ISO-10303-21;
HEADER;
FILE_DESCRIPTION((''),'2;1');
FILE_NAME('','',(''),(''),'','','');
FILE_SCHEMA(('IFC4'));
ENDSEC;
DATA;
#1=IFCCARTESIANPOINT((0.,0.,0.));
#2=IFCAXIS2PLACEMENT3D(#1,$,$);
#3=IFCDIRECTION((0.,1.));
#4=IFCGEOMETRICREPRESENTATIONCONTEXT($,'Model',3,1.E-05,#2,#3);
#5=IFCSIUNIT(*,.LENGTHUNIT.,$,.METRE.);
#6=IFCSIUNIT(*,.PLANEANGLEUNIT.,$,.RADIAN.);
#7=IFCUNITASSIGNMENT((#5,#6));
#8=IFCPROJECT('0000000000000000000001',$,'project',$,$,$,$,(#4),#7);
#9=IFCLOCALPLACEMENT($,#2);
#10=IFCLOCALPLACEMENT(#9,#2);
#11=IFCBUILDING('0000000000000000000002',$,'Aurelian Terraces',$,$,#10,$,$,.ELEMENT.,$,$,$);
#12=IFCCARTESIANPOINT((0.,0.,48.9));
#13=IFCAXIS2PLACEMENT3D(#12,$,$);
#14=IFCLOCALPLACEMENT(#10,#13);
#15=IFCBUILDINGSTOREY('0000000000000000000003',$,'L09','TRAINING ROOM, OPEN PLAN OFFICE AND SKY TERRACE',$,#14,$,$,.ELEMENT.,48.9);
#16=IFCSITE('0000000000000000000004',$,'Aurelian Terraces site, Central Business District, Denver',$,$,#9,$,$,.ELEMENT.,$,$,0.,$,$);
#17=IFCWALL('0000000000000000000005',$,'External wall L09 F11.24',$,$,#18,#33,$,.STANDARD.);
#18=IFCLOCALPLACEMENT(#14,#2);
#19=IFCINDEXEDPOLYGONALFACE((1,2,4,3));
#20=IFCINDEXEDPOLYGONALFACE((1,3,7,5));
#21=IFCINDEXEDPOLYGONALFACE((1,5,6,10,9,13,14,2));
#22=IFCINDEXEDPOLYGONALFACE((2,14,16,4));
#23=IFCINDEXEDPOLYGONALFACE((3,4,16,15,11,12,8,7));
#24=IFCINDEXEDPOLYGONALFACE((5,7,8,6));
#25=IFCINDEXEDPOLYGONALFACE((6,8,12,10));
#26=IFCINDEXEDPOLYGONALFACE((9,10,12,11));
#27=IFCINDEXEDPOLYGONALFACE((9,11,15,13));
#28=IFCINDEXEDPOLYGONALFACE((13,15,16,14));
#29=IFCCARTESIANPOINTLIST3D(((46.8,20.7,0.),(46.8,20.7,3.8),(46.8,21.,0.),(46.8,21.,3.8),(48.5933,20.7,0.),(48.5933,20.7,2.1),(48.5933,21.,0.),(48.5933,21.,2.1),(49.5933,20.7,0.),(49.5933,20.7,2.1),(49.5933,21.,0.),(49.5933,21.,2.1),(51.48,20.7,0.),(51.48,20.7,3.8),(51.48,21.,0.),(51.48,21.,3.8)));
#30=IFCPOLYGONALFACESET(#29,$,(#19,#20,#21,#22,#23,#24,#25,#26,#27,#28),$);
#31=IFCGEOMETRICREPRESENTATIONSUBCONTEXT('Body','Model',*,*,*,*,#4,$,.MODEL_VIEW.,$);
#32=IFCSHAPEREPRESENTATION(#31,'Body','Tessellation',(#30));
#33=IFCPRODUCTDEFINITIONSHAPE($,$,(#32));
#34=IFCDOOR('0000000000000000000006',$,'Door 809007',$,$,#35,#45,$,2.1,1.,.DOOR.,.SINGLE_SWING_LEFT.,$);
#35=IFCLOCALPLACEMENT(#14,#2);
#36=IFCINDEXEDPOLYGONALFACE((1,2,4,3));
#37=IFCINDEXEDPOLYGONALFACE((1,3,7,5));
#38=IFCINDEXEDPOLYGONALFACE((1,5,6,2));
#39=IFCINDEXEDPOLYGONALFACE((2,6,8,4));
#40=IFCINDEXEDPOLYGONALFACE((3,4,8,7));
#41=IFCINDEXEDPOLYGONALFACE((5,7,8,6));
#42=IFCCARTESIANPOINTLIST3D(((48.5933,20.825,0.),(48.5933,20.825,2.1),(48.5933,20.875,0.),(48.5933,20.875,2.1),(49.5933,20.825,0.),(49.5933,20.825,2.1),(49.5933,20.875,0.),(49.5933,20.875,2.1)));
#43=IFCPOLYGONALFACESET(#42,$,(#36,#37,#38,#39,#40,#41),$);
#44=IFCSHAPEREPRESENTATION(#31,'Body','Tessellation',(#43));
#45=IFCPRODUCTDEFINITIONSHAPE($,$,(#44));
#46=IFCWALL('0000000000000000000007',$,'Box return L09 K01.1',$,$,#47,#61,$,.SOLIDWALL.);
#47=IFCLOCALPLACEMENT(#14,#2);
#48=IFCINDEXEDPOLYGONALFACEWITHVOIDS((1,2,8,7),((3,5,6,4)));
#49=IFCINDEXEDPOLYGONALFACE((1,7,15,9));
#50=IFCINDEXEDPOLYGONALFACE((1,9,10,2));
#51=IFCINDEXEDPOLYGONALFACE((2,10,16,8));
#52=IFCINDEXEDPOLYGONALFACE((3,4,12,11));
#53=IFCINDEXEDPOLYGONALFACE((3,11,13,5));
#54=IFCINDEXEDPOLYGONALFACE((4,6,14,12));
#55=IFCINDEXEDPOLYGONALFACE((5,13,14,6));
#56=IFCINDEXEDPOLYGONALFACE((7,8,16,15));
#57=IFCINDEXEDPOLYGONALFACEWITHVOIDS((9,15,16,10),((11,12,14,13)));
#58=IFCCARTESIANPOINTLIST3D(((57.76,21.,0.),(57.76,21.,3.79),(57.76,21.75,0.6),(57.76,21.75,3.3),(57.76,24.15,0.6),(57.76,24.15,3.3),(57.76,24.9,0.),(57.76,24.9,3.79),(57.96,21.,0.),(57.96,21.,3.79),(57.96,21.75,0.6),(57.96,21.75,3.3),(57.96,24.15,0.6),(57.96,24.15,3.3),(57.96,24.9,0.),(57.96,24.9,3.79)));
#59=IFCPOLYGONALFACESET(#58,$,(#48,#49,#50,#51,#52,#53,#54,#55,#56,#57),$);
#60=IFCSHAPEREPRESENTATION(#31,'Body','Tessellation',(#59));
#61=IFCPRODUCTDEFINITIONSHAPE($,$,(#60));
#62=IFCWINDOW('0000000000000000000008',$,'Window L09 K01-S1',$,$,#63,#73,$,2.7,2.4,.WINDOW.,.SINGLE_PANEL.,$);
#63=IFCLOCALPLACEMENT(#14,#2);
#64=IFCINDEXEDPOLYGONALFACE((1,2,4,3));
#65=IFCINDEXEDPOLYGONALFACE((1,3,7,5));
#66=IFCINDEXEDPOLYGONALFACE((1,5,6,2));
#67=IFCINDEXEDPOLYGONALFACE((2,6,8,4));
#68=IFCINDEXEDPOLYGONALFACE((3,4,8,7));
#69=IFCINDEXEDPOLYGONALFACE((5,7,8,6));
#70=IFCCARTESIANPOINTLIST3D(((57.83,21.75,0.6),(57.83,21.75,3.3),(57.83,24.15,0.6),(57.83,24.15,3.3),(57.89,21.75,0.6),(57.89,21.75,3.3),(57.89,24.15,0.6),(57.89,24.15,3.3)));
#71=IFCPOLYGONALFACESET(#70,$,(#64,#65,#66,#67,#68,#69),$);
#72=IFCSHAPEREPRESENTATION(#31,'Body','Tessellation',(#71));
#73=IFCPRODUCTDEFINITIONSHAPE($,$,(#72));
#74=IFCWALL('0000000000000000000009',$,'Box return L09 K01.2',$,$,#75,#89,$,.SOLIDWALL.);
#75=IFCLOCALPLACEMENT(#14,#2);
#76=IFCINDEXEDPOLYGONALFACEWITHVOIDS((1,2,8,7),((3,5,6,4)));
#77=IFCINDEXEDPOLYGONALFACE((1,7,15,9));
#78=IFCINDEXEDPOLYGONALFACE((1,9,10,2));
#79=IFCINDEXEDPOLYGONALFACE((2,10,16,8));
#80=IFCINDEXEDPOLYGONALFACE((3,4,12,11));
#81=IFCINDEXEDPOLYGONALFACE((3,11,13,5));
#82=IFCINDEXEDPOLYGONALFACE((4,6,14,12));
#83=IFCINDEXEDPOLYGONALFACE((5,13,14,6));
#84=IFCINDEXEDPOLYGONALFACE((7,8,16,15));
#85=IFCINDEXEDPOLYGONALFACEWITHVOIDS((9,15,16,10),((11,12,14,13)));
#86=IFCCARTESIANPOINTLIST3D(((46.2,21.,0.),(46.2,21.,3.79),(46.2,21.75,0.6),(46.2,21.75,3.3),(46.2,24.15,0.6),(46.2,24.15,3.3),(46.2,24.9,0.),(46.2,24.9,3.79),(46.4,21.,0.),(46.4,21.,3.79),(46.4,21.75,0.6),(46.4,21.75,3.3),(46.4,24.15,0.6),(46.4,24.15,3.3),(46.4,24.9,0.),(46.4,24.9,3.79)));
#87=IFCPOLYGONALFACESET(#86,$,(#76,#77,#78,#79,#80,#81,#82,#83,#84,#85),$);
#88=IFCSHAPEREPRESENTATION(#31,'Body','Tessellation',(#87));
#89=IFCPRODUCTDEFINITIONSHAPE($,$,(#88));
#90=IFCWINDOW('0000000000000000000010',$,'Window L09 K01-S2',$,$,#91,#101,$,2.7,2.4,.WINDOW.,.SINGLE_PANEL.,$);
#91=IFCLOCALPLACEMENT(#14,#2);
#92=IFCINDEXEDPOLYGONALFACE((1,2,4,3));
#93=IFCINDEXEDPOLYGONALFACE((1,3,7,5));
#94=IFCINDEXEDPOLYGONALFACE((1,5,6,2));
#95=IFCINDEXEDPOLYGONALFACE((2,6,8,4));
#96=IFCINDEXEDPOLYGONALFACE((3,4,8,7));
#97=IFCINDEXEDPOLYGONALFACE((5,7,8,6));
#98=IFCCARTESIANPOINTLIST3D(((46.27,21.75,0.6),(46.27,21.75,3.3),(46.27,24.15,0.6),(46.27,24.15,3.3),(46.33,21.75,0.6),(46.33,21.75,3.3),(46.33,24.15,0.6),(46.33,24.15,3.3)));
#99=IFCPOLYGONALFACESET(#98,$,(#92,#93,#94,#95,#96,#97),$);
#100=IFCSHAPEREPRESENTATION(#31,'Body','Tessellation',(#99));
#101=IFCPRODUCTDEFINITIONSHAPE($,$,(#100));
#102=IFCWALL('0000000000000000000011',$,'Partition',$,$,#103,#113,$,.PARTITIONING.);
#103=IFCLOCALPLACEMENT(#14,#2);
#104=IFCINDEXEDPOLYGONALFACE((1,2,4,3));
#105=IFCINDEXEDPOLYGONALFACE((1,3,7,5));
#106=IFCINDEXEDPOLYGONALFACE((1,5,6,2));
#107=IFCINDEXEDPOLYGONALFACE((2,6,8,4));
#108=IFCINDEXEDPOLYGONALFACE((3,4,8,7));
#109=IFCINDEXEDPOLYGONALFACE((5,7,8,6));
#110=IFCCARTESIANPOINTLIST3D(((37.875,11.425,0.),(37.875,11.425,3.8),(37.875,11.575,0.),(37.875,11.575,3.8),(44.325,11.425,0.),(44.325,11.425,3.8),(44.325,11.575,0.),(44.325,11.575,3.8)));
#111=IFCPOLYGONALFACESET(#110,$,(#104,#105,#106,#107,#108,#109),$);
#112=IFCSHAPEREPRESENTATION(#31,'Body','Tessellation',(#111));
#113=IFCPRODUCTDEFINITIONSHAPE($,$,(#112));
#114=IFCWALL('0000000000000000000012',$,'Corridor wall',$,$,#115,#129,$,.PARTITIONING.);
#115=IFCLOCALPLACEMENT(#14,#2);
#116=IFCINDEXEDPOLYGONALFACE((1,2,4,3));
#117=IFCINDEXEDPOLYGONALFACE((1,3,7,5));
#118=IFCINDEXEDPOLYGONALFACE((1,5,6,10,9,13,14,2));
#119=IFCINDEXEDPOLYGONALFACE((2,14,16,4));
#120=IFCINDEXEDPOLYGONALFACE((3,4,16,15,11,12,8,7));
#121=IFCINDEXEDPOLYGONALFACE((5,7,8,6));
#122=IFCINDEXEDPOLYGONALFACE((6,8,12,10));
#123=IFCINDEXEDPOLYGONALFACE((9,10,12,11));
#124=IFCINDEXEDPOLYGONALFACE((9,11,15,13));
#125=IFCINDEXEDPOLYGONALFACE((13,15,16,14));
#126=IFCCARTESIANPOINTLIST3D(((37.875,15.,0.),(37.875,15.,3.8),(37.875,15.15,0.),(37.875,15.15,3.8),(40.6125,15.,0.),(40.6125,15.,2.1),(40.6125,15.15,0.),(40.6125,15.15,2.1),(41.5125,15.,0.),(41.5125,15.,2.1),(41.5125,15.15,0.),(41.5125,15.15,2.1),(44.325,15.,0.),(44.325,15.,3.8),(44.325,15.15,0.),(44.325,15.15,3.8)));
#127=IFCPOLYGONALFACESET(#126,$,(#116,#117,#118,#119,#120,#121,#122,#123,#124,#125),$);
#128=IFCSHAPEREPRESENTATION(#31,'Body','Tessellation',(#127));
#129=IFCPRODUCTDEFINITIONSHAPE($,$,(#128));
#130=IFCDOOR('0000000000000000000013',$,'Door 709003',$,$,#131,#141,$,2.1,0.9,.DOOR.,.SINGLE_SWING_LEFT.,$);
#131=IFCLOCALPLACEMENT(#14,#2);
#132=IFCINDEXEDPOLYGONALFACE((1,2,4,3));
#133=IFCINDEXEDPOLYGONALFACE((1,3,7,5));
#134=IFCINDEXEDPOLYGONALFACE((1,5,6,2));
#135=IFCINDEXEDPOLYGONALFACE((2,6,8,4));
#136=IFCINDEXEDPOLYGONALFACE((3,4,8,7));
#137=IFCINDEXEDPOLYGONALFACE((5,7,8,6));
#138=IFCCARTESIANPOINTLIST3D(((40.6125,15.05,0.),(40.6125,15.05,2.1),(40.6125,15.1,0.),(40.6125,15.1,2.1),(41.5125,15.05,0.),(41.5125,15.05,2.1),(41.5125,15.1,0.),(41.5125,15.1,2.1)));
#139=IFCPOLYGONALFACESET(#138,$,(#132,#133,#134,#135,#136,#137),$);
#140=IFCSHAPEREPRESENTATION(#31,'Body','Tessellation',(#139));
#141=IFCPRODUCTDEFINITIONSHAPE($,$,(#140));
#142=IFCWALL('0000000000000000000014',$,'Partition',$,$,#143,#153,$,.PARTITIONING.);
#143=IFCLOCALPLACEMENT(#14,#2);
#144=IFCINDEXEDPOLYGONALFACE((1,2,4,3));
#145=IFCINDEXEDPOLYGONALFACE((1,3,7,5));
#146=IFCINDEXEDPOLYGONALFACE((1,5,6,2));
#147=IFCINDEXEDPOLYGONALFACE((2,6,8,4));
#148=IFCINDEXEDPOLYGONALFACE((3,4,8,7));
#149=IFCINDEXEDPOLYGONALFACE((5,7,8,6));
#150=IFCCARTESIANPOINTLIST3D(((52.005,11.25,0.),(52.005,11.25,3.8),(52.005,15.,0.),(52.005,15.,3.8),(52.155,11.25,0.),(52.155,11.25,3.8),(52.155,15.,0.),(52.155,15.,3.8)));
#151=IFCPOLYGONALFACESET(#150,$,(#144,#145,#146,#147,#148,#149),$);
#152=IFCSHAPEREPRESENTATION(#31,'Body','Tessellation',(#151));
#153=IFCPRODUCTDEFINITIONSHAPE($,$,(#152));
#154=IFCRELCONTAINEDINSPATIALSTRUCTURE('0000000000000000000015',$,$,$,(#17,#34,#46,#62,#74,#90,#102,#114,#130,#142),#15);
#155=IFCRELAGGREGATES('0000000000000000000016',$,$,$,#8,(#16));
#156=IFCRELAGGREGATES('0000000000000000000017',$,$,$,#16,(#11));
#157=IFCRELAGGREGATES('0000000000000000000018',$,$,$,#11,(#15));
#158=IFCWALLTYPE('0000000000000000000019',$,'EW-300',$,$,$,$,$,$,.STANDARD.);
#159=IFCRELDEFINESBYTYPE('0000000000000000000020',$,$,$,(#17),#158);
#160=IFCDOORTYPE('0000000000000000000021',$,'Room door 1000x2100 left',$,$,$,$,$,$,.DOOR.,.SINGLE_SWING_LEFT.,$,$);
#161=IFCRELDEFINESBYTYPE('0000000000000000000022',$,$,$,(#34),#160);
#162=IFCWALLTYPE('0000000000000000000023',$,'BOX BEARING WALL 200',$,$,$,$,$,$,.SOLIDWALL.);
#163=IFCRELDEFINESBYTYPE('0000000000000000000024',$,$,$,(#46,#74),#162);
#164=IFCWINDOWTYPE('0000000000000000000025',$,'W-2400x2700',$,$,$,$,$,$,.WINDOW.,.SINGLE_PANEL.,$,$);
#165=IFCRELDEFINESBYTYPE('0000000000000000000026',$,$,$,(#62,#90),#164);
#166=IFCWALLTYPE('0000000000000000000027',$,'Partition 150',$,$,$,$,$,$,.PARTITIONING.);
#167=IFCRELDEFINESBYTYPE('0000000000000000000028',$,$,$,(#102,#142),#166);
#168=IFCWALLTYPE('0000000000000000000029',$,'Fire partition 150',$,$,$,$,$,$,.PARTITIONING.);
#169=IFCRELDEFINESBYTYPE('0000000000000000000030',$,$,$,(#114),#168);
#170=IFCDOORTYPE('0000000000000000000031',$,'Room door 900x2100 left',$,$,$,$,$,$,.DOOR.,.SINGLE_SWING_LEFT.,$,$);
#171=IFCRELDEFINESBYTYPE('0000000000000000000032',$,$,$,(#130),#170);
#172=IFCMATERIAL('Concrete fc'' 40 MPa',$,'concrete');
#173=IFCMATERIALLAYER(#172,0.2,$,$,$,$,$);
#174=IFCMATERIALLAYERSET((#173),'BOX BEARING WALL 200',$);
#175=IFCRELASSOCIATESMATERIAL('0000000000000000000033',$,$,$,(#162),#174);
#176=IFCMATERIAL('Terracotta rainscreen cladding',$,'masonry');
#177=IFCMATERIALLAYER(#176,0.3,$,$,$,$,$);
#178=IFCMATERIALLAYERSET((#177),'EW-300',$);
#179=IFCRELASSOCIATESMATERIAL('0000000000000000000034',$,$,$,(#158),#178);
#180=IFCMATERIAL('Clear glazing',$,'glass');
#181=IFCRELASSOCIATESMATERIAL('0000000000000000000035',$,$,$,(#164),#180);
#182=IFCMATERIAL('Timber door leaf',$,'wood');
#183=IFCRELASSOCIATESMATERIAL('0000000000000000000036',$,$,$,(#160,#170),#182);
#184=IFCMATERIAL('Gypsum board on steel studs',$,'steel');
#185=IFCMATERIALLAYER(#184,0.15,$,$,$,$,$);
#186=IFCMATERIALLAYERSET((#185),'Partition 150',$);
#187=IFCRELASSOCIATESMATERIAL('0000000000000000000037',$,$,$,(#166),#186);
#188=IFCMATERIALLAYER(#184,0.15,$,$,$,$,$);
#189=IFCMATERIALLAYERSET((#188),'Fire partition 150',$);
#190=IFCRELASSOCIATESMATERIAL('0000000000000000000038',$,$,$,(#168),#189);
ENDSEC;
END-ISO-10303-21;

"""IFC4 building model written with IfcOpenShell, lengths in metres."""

from ifc_helpers import new_model, si_unit, direction, frame, frame_2d, origin, place, context, subcontext, project, spatial, rectangle, extrude, source, transform, mapped, material, layer, layer_set, type_object, element, fill, save


model = new_model("IFC4")

# Units and contexts
model_context = context("Model", 3, precision=1e-05, world=origin(), true_north=direction((0.0, 1.0)))
body_context = subcontext(model_context, "Body", "Model", "MODEL_VIEW")
ifc_project = project(units=[si_unit("LENGTHUNIT", "METRE"), si_unit("PLANEANGLEUNIT", "RADIAN")], contexts=[model_context])

# Site, building, storey
site_placement = place(None, origin())
site = spatial("IfcSite", under=ifc_project, at=site_placement, Name="Aurelian Terraces site, Central Business District, Denver", CompositionType="ELEMENT", RefElevation=0.0)
building_placement = place(site_placement, origin())
building = spatial("IfcBuilding", under=site, at=building_placement, Name="Aurelian Terraces", CompositionType="ELEMENT")
storey_placement = place(building_placement, frame((0.0, 0.0, 48.9)))
storey = spatial("IfcBuildingStorey", under=building, at=storey_placement, Name="L09", Description="TRAINING ROOM, OPEN PLAN OFFICE AND SKY TERRACE", CompositionType="ELEMENT", Elevation=48.9)

# Shared definitions
ifc_material_1 = material(Name="Concrete fc' 40 MPa", Category="concrete")
ifc_layer_1 = layer(ifc_material_1, 0.2)
ifc_layer_set_1 = layer_set([ifc_layer_1], Name="BOX BEARING WALL 200")
wall_type_1 = type_object("IfcWallType", Name="BOX BEARING WALL 200", PredefinedType="SOLIDWALL", material=ifc_layer_set_1)

# Shared definitions
ifc_material_2 = material(Name="Terracotta rainscreen cladding", Category="masonry")
ifc_layer_2 = layer(ifc_material_2, 0.3)
ifc_layer_set_2 = layer_set([ifc_layer_2], Name="EW-300")
wall_type_2 = type_object("IfcWallType", Name="EW-300", PredefinedType="STANDARD", material=ifc_layer_set_2)
ifc_material_3 = material(Name="Clear glazing", Category="glass")
window_type_1 = type_object("IfcWindowType", Name="W-2400x2700", PartitioningType="SINGLE_PANEL", PredefinedType="WINDOW", material=ifc_material_3)
shared_shape_1 = source(origin(), body_context, "Body", "SweptSolid", [
    extrude(rectangle(XDim=2.4, YDim=2.7, at=frame_2d((1.2, 1.35))), frame((0.0, 0.03, 0.0), z_axis=(0.0, -1.0, 0.0), x_axis=(1.0, 0.0, 0.0)), (0.0, 0.0, 1.0), 0.06),
])

# Wall, opening, door
shared_shape_2 = source(origin(), body_context, "Body", "SweptSolid", [
    extrude(rectangle(XDim=4.68, YDim=0.3, at=frame_2d((2.34, 0.0))), origin(), (0.0, 0.0, 1.0), 3.8),
])
shared_shape_3 = source(origin(), body_context, "Body", "SweptSolid", [
    extrude(rectangle(XDim=1.0, YDim=2.1, at=frame_2d((0.5, 1.05))), frame((0.0, 0.16, 0.0), z_axis=(0.0, -1.0, 0.0), x_axis=(1.0, 0.0, 0.0)), (0.0, 0.0, 1.0), 0.32),
])
ifc_material_4 = material(Name="Timber door leaf", Category="wood")
door_type_1 = type_object("IfcDoorType", Name="Room door 1000x2100 left", OperationType="SINGLE_SWING_LEFT", PredefinedType="DOOR", material=ifc_material_4)
shared_shape_4 = source(origin(), body_context, "Body", "SweptSolid", [
    extrude(rectangle(XDim=1.0, YDim=2.1, at=frame_2d((0.5, 1.05))), frame((0.0, 0.025, 0.0), z_axis=(0.0, -1.0, 0.0), x_axis=(1.0, 0.0, 0.0)), (0.0, 0.0, 1.0), 0.05),
])
wall_1_placement = place(storey_placement, frame((51.48, 20.85, 0.0), z_axis=(0.0, 0.0, 1.0), x_axis=(-1.0, 0.0, 0.0)))
wall_1 = element("IfcWall", 1, at=wall_1_placement, inside=storey, type_object=wall_type_2, Name="External wall L09 F11.24", PredefinedType="STANDARD", context=body_context, shape_type="MappedRepresentation", body=[
    mapped(shared_shape_2, transform((0.0, 0.0, 0.0), scale=1.0)),
])
opening_1_placement = place(wall_1_placement, frame((1.8867, 0.0, 0.0)))
opening_1 = element("IfcOpeningElement", 2, at=opening_1_placement, cuts=wall_1, PredefinedType="OPENING", context=body_context, shape_type="MappedRepresentation", body=[
    mapped(shared_shape_3, transform((0.0, 0.0, 0.0), scale=1.0)),
])
door_1_placement = place(opening_1_placement, origin())
door_1 = element("IfcDoor", 3, at=door_1_placement, inside=storey, type_object=door_type_1, Name="Door 809007", OperationType="SINGLE_SWING_LEFT", OverallHeight=2.1, OverallWidth=1.0, PredefinedType="DOOR", context=body_context, shape_type="MappedRepresentation", body=[
    mapped(shared_shape_4, transform((0.0, 0.0, 0.0), scale=1.0)),
])
fill(opening_1, door_1)

# Walls, openings, windows
shared_shape_5 = source(origin(), body_context, "Body", "SweptSolid", [
    extrude(rectangle(XDim=3.9, YDim=0.2, at=frame_2d((1.95, 0.0))), origin(), (0.0, 0.0, 1.0), 3.79),
])
wall_2_placement = place(storey_placement, frame((57.86, 21.0, 0.0), z_axis=(0.0, 0.0, 1.0), x_axis=(0.0, 1.0, 0.0)))
wall_2 = element("IfcWall", 4, at=wall_2_placement, inside=storey, type_object=wall_type_1, Name="Box return L09 K01.1", PredefinedType="SOLIDWALL", context=body_context, shape_type="MappedRepresentation", body=[
    mapped(shared_shape_5, transform((0.0, 0.0, 0.0), scale=1.0)),
])
shared_shape_6 = source(origin(), body_context, "Body", "SweptSolid", [
    extrude(rectangle(XDim=2.4, YDim=2.7, at=frame_2d((1.2, 1.35))), frame((0.0, 0.11, 0.0), z_axis=(0.0, -1.0, 0.0), x_axis=(1.0, 0.0, 0.0)), (0.0, 0.0, 1.0), 0.22),
])
opening_2_placement = place(wall_2_placement, frame((0.75, 0.0, 0.6)))
opening_2 = element("IfcOpeningElement", 5, at=opening_2_placement, cuts=wall_2, PredefinedType="OPENING", context=body_context, shape_type="MappedRepresentation", body=[
    mapped(shared_shape_6, transform((0.0, 0.0, 0.0), scale=1.0)),
])
window_1_placement = place(opening_2_placement, origin())
window_1 = element("IfcWindow", 6, at=window_1_placement, inside=storey, type_object=window_type_1, Name="Window L09 K01-S1", OverallHeight=2.7, OverallWidth=2.4, PartitioningType="SINGLE_PANEL", PredefinedType="WINDOW", context=body_context, shape_type="MappedRepresentation", body=[
    mapped(shared_shape_1, transform((0.0, 0.0, 0.0), scale=1.0)),
])
fill(opening_2, window_1)
wall_3_placement = place(storey_placement, frame((46.3, 21.0, 0.0), z_axis=(0.0, 0.0, 1.0), x_axis=(0.0, 1.0, 0.0)))
wall_3 = element("IfcWall", 7, at=wall_3_placement, inside=storey, type_object=wall_type_1, Name="Box return L09 K01.2", PredefinedType="SOLIDWALL", context=body_context, shape_type="MappedRepresentation", body=[
    mapped(shared_shape_5, transform((0.0, 0.0, 0.0), scale=1.0)),
])
opening_3_placement = place(wall_3_placement, frame((0.75, 0.0, 0.6)))
opening_3 = element("IfcOpeningElement", 8, at=opening_3_placement, cuts=wall_3, PredefinedType="OPENING", context=body_context, shape_type="MappedRepresentation", body=[
    mapped(shared_shape_6, transform((0.0, 0.0, 0.0), scale=1.0)),
])
window_2_placement = place(opening_3_placement, origin())
window_2 = element("IfcWindow", 9, at=window_2_placement, inside=storey, type_object=window_type_1, Name="Window L09 K01-S2", OverallHeight=2.7, OverallWidth=2.4, PartitioningType="SINGLE_PANEL", PredefinedType="WINDOW", context=body_context, shape_type="MappedRepresentation", body=[
    mapped(shared_shape_1, transform((0.0, 0.0, 0.0), scale=1.0)),
])
fill(opening_3, window_2)

# Wall
ifc_material_5 = material(Name="Gypsum board on steel studs", Category="steel")
ifc_layer_3 = layer(ifc_material_5, 0.15)
ifc_layer_set_3 = layer_set([ifc_layer_3], Name="Partition 150")
wall_type_3 = type_object("IfcWallType", Name="Partition 150", PredefinedType="PARTITIONING", material=ifc_layer_set_3)
shared_shape_7 = source(origin(), body_context, "Body", "SweptSolid", [
    extrude(rectangle(XDim=6.45, YDim=0.15, at=frame_2d((3.225, 0.0))), origin(), (0.0, 0.0, 1.0), 3.8),
])
wall_4_placement = place(storey_placement, frame((37.875, 11.5, 0.0), z_axis=(0.0, 0.0, 1.0), x_axis=(1.0, 0.0, 0.0)))
element("IfcWall", 10, at=wall_4_placement, inside=storey, type_object=wall_type_3, Name="Partition", PredefinedType="PARTITIONING", context=body_context, shape_type="MappedRepresentation", body=[
    mapped(shared_shape_7, transform((0.0, 0.0, 0.0), scale=1.0)),
])

# Wall, opening, door
ifc_layer_4 = layer(ifc_material_5, 0.15)
ifc_layer_set_4 = layer_set([ifc_layer_4], Name="Fire partition 150")
wall_type_4 = type_object("IfcWallType", Name="Fire partition 150", PredefinedType="PARTITIONING", material=ifc_layer_set_4)
wall_5_placement = place(storey_placement, frame((44.325, 15.075, 0.0), z_axis=(0.0, 0.0, 1.0), x_axis=(-1.0, 0.0, 0.0)))
wall_5 = element("IfcWall", 11, at=wall_5_placement, inside=storey, type_object=wall_type_4, Name="Corridor wall", PredefinedType="PARTITIONING", context=body_context, shape_type="MappedRepresentation", body=[
    mapped(shared_shape_7, transform((0.0, 0.0, 0.0), scale=1.0)),
])
shared_shape_8 = source(origin(), body_context, "Body", "SweptSolid", [
    extrude(rectangle(XDim=0.9, YDim=2.1, at=frame_2d((0.45, 1.05))), frame((0.0, 0.085, 0.0), z_axis=(0.0, -1.0, 0.0), x_axis=(1.0, 0.0, 0.0)), (0.0, 0.0, 1.0), 0.17),
])
opening_4_placement = place(wall_5_placement, frame((2.8125, 0.0, 0.0)))
opening_4 = element("IfcOpeningElement", 12, at=opening_4_placement, cuts=wall_5, PredefinedType="OPENING", context=body_context, shape_type="MappedRepresentation", body=[
    mapped(shared_shape_8, transform((0.0, 0.0, 0.0), scale=1.0)),
])
door_type_2 = type_object("IfcDoorType", Name="Room door 900x2100 left", OperationType="SINGLE_SWING_LEFT", PredefinedType="DOOR", material=ifc_material_4)
shared_shape_9 = source(origin(), body_context, "Body", "SweptSolid", [
    extrude(rectangle(XDim=0.9, YDim=2.1, at=frame_2d((0.45, 1.05))), frame((0.0, 0.025, 0.0), z_axis=(0.0, -1.0, 0.0), x_axis=(1.0, 0.0, 0.0)), (0.0, 0.0, 1.0), 0.05),
])
door_2_placement = place(opening_4_placement, origin())
door_2 = element("IfcDoor", 13, at=door_2_placement, inside=storey, type_object=door_type_2, Name="Door 709003", OperationType="SINGLE_SWING_LEFT", OverallHeight=2.1, OverallWidth=0.9, PredefinedType="DOOR", context=body_context, shape_type="MappedRepresentation", body=[
    mapped(shared_shape_9, transform((0.0, 0.0, 0.0), scale=1.0)),
])
fill(opening_4, door_2)

# Wall
shared_shape_10 = source(origin(), body_context, "Body", "SweptSolid", [
    extrude(rectangle(XDim=3.75, YDim=0.15, at=frame_2d((1.875, 0.0))), origin(), (0.0, 0.0, 1.0), 3.8),
])
for number, where, z_axis, x_axis, name in (
    (14, (52.08, 11.25, 0.0), (0.0, 0.0, 1.0), (0.0, 1.0, 0.0), "Partition"),
):
    element("IfcWall", number, at=place(storey_placement, frame(where, z_axis=z_axis, x_axis=x_axis)), inside=storey, type_object=wall_type_3, Name=name, PredefinedType="PARTITIONING", context=body_context, shape_type="MappedRepresentation", body=[
        mapped(shared_shape_10, transform((0.0, 0.0, 0.0), scale=1.0)),
    ])

save(model, "model.ifc")
